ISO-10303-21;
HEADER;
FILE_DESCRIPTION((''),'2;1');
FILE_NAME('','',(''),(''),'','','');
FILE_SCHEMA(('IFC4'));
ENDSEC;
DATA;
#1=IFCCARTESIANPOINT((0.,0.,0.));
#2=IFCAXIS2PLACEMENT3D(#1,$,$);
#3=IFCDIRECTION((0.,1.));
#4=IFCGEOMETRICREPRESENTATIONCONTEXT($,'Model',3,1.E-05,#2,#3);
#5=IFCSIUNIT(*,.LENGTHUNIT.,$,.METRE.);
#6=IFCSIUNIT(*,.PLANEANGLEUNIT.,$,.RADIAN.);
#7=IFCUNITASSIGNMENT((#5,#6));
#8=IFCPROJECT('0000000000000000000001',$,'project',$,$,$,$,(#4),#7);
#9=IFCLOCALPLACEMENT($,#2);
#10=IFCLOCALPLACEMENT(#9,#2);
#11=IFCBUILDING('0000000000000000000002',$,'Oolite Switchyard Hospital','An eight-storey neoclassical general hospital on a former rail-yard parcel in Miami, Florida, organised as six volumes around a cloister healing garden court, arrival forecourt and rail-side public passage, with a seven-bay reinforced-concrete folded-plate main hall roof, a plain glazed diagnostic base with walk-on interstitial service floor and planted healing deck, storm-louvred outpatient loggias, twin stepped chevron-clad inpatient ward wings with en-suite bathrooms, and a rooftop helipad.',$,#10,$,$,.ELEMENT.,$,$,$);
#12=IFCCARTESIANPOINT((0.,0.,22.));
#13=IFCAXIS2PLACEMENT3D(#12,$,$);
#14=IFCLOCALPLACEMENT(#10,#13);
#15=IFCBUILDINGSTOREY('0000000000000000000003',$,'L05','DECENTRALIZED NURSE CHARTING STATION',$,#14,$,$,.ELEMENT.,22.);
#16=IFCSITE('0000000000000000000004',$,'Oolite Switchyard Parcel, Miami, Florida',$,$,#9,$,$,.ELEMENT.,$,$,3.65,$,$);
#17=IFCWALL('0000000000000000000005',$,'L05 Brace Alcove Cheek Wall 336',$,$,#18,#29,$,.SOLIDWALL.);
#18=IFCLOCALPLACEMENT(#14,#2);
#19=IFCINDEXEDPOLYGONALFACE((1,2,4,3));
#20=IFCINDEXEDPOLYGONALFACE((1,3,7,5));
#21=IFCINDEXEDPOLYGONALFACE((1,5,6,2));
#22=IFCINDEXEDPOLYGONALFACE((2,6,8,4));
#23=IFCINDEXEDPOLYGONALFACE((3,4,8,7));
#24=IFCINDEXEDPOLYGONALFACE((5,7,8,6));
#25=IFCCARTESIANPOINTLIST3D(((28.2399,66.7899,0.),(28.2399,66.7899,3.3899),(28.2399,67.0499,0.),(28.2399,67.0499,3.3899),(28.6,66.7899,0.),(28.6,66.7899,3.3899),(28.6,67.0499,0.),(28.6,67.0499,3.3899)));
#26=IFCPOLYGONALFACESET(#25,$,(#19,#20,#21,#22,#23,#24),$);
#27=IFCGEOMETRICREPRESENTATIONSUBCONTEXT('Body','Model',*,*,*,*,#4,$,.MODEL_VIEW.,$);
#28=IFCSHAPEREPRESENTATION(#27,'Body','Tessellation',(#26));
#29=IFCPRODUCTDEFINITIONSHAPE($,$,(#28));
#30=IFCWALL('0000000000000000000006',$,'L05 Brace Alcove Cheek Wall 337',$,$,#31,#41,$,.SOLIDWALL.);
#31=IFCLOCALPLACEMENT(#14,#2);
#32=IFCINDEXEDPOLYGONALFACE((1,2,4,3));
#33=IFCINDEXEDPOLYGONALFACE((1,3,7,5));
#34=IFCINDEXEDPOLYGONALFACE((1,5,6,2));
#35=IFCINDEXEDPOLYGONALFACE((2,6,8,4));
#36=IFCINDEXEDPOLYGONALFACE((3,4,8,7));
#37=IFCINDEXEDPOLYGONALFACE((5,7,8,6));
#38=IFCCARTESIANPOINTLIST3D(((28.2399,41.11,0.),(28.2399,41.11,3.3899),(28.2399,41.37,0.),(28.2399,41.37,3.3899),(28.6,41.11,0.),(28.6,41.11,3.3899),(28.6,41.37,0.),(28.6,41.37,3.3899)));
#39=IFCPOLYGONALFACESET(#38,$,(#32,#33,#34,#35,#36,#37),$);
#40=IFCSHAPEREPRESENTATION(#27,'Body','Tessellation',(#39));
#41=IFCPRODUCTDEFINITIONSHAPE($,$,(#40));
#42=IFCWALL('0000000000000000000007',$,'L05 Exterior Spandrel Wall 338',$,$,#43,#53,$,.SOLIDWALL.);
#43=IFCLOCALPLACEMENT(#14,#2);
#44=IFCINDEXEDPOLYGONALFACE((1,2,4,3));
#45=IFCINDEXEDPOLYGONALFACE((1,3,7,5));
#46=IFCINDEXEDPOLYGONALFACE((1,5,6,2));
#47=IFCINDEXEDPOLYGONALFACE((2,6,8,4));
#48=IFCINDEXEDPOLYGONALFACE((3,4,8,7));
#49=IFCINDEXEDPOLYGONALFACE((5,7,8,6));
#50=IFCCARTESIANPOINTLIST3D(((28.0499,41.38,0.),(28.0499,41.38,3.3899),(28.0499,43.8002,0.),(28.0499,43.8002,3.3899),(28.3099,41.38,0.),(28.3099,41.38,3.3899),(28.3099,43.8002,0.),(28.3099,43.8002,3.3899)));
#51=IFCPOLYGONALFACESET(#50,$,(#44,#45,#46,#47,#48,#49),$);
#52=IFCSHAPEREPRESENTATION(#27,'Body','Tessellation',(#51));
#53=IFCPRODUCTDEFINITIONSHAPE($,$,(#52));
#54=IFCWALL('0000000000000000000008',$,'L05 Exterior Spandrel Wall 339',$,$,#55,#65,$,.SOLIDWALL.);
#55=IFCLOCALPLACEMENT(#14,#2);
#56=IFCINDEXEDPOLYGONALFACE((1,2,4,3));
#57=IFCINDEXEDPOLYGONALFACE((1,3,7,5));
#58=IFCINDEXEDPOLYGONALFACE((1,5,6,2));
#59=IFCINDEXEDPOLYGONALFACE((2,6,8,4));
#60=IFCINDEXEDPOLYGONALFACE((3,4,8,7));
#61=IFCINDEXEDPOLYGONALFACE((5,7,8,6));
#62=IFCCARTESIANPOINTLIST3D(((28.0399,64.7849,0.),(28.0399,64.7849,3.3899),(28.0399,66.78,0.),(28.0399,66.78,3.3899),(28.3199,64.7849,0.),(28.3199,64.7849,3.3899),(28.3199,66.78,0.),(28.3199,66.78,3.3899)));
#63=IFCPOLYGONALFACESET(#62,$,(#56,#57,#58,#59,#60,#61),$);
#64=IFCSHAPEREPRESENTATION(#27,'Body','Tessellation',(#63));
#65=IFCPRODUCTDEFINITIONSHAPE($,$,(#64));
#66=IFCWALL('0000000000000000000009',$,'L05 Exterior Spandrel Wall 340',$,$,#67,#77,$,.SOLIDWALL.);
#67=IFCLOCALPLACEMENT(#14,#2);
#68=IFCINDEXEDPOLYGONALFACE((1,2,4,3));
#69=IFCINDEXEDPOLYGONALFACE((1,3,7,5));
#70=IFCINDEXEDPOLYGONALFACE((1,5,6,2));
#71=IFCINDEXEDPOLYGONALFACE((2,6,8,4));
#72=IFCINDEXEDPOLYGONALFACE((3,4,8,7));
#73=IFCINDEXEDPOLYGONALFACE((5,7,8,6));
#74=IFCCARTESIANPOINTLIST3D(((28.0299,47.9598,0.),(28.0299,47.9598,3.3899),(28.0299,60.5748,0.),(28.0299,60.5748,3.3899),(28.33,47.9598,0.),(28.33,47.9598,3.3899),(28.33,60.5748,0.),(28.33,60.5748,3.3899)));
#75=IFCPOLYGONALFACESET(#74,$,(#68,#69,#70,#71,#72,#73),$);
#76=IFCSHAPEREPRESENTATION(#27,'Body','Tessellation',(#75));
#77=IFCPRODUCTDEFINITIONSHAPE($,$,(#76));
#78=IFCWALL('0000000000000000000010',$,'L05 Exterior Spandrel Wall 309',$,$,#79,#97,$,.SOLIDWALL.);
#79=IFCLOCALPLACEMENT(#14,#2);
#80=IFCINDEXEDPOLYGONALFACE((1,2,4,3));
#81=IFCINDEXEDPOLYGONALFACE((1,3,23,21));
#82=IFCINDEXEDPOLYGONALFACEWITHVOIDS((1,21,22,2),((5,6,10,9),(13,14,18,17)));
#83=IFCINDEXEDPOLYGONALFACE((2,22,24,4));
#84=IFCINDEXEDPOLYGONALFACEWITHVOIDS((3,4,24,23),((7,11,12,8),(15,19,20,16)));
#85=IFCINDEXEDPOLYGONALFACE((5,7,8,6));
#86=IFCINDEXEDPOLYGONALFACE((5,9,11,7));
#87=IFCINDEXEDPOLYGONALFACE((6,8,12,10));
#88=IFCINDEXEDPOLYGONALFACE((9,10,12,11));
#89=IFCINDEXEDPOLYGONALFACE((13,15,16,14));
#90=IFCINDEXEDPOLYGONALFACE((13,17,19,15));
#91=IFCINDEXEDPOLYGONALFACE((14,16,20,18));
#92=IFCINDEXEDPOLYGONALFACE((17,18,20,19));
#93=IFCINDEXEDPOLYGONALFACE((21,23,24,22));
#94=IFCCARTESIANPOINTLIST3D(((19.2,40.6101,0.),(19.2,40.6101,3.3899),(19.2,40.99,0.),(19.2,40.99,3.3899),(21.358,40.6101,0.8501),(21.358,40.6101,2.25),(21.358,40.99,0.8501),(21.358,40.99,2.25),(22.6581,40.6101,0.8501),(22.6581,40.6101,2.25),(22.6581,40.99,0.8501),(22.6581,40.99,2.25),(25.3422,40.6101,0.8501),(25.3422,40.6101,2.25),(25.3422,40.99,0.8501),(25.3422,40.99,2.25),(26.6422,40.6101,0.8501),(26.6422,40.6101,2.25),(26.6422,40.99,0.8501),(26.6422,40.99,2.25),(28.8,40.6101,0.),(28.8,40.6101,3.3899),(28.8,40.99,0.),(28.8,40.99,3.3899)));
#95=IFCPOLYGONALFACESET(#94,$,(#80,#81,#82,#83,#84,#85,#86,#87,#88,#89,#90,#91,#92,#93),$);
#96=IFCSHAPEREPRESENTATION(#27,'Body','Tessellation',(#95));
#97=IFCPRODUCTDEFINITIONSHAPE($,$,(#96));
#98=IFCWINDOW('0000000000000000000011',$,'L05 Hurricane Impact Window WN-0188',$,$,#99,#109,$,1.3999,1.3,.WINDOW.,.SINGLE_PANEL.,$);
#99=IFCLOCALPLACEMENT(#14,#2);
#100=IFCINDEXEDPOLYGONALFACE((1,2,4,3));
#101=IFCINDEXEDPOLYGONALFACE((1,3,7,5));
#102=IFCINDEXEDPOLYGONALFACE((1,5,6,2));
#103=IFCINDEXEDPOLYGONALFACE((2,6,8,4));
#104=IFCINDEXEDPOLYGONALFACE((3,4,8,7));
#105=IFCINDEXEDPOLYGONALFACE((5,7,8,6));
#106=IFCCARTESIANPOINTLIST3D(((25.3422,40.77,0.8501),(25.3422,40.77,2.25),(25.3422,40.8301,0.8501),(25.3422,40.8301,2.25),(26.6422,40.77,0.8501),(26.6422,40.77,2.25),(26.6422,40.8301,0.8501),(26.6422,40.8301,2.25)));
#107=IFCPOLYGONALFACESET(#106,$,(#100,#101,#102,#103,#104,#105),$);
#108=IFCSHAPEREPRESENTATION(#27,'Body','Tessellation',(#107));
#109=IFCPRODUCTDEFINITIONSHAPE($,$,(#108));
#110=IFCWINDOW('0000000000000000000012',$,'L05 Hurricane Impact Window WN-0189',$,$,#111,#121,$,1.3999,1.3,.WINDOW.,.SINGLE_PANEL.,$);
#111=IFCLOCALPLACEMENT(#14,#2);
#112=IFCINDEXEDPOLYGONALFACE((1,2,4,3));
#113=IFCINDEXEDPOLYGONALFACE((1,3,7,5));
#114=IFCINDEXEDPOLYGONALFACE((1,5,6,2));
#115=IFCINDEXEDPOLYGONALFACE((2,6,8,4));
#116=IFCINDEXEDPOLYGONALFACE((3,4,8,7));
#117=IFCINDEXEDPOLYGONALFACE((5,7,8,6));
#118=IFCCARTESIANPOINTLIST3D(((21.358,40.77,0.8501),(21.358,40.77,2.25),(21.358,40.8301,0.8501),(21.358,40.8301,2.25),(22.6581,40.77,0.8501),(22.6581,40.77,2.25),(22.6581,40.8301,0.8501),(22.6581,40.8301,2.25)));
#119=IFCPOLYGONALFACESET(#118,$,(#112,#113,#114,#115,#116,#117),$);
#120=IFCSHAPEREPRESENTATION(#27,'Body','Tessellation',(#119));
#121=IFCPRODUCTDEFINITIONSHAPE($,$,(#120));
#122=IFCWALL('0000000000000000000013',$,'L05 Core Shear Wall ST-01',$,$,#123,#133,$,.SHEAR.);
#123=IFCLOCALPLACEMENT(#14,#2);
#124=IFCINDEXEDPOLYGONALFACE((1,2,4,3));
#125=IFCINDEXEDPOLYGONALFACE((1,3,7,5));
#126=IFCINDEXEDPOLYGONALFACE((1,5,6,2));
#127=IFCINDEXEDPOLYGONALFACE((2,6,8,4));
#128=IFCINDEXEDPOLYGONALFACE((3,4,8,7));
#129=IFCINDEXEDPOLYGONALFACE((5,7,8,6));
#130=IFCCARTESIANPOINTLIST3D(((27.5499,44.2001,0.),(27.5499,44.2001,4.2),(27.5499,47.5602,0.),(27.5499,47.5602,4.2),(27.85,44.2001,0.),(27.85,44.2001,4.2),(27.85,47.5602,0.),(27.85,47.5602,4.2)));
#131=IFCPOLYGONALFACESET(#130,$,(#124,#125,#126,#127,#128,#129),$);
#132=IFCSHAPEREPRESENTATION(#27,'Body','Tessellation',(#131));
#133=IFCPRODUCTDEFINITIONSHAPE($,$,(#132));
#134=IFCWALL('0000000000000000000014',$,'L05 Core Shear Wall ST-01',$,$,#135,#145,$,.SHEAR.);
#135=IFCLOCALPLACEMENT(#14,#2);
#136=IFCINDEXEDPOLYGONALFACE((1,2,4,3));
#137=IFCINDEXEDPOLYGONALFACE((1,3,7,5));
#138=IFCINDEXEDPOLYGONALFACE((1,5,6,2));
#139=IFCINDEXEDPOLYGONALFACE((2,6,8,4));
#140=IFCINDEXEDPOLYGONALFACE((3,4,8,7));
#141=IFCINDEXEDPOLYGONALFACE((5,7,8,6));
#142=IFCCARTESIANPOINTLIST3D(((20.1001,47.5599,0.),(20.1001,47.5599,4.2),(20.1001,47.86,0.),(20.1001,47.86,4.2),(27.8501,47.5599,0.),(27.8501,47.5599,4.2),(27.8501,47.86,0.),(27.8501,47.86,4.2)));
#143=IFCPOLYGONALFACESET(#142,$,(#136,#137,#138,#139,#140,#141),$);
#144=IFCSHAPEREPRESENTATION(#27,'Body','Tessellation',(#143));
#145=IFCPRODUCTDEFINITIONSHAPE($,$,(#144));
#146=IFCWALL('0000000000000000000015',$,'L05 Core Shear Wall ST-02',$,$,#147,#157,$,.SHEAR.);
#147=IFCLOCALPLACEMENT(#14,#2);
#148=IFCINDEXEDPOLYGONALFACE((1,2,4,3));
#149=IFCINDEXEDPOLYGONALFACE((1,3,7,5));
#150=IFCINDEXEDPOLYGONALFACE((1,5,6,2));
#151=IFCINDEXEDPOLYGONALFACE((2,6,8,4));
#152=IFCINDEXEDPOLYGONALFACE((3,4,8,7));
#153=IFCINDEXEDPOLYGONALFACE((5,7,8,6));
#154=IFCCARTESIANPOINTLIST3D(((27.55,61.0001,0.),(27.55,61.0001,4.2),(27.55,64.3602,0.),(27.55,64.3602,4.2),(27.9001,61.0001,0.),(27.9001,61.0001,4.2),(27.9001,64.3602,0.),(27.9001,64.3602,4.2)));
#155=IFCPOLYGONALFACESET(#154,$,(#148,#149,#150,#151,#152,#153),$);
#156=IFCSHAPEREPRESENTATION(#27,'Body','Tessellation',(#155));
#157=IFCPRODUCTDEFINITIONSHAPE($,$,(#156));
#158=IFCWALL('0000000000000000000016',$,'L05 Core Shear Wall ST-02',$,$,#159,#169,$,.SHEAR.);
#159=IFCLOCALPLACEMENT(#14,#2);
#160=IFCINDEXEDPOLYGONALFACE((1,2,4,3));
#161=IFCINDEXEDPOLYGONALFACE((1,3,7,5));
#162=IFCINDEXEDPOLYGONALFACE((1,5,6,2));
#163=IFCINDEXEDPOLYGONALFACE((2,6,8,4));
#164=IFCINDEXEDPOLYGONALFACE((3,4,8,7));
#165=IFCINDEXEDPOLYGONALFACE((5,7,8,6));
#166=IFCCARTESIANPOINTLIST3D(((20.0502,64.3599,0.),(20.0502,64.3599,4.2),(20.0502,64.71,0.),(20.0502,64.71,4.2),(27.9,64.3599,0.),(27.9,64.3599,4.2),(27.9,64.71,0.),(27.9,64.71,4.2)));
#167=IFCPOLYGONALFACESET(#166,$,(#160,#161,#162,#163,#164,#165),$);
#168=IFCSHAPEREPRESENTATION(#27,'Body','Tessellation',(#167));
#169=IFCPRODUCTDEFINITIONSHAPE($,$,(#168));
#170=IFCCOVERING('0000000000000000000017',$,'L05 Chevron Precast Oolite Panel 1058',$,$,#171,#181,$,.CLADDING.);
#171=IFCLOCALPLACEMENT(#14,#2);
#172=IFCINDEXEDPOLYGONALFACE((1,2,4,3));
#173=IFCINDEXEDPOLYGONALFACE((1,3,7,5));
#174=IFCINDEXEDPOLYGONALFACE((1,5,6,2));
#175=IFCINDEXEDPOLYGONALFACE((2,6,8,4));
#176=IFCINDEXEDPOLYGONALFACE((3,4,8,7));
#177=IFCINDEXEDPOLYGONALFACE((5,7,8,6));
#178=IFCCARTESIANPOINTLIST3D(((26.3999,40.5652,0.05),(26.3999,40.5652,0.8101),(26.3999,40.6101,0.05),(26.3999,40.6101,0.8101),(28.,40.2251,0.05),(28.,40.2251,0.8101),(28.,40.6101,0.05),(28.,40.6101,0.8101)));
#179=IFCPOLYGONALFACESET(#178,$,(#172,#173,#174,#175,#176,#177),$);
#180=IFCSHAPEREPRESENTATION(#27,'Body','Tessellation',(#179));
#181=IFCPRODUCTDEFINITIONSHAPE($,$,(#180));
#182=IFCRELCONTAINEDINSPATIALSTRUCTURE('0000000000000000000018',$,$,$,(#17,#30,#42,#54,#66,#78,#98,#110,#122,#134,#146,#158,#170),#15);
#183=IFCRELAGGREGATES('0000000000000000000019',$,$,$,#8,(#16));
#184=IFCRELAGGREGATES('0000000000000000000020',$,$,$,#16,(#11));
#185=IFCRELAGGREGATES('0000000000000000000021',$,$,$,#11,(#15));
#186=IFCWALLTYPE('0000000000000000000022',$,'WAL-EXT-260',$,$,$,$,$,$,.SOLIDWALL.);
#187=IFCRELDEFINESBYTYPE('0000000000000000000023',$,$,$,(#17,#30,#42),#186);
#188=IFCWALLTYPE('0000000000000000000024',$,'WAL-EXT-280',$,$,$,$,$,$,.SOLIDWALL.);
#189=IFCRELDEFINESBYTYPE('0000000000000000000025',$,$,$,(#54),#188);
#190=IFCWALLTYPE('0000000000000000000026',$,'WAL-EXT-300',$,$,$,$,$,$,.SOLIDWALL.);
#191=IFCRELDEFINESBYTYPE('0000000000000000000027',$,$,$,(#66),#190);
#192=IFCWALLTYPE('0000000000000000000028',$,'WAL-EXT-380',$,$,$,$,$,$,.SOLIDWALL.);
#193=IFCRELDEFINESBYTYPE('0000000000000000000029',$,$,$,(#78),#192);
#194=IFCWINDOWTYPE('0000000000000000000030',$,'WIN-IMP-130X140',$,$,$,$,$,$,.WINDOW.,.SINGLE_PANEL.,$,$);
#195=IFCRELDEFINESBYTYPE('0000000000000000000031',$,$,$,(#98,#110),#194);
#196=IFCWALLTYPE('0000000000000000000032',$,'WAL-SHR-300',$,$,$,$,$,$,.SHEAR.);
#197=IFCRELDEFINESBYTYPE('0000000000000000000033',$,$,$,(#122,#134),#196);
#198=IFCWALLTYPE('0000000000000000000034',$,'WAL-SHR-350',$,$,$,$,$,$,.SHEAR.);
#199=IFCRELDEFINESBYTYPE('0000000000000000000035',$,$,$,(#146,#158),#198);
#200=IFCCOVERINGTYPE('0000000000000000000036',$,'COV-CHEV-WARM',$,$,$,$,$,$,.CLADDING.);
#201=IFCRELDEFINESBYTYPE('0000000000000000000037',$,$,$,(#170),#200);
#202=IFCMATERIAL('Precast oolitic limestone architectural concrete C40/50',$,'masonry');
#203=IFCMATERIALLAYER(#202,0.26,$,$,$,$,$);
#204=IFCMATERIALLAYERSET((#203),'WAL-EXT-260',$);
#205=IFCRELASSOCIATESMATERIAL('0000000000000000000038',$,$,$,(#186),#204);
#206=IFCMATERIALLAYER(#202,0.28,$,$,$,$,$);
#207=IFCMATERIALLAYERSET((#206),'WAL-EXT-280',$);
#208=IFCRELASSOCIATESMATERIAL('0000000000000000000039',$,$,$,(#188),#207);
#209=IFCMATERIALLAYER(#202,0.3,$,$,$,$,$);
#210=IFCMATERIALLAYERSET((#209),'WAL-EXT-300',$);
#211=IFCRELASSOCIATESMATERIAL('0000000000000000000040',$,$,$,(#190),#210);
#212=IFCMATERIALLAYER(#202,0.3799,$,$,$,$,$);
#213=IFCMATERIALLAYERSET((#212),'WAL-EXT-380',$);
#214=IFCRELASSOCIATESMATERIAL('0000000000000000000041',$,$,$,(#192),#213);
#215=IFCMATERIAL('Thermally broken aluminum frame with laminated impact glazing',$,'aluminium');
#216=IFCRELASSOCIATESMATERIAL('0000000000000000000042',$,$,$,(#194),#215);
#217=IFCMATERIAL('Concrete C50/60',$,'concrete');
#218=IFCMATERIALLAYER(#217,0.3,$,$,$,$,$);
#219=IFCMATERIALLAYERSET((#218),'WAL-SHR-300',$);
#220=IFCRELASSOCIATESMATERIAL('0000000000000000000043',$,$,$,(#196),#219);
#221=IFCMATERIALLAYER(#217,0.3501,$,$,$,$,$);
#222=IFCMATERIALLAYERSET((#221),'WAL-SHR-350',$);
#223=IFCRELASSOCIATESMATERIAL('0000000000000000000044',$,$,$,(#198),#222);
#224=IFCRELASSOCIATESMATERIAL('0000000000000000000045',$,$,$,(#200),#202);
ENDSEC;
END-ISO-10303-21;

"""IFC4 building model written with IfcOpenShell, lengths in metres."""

from ifc_helpers import new_model, si_unit, direction, frame, frame_2d, origin, place, context, subcontext, project, spatial, polyline, rectangle, outline, extrude, material, layer, layer_set, type_object, element, fill, save


model = new_model("IFC4")

# Units and contexts
model_context = context("Model", 3, precision=1e-05, world=origin(), true_north=direction((0.0, 1.0)))
body_context = subcontext(model_context, "Body", "Model", "MODEL_VIEW")
ifc_project = project(units=[si_unit("LENGTHUNIT", "METRE"), si_unit("PLANEANGLEUNIT", "RADIAN")], contexts=[model_context])

# Site, building, storey
site_placement = place(None, origin())
site = spatial("IfcSite", under=ifc_project, at=site_placement, Name="Oolite Switchyard Parcel, Miami, Florida", CompositionType="ELEMENT", RefElevation=3.65)
building_placement = place(site_placement, origin())
building = spatial("IfcBuilding", under=site, at=building_placement, Name="Oolite Switchyard Hospital", Description="An eight-storey neoclassical general hospital on a former rail-yard parcel in Miami, Florida, organised as six volumes around a cloister healing garden court, arrival forecourt and rail-side public passage, with a seven-bay reinforced-concrete folded-plate main hall roof, a plain glazed diagnostic base with walk-on interstitial service floor and planted healing deck, storm-louvred outpatient loggias, twin stepped chevron-clad inpatient ward wings with en-suite bathrooms, and a rooftop helipad.", CompositionType="ELEMENT")
storey_placement = place(building_placement, frame((0.0, 0.0, 22.0)))
storey = spatial("IfcBuildingStorey", under=building, at=storey_placement, Name="L05", Description="DECENTRALIZED NURSE CHARTING STATION", CompositionType="ELEMENT", Elevation=22.0)

# Shared definitions
ifc_material_1 = material(Name="Concrete C50/60", Category="concrete")

# Walls
ifc_material_2 = material(Name="Precast oolitic limestone architectural concrete C40/50", Category="masonry")
ifc_layer_1 = layer(ifc_material_2, 0.26)
ifc_layer_set_1 = layer_set([ifc_layer_1], Name="WAL-EXT-260")
wall_type_1 = type_object("IfcWallType", Name="WAL-EXT-260", PredefinedType="SOLIDWALL", material=ifc_layer_set_1)
for number, where, z_axis, x_axis, name in (
    (1, (28.6001, 66.9199, 0.0), (0.0, 0.0, 1.0), (-1.0, 0.0, 0.0), "L05 Brace Alcove Cheek Wall 336"),
    (2, (28.6001, 41.24, 0.0), (0.0, 0.0, 1.0), (-1.0, 0.0, 0.0), "L05 Brace Alcove Cheek Wall 337"),
):
    element("IfcWall", number, at=place(storey_placement, frame(where, z_axis=z_axis, x_axis=x_axis)), inside=storey, type_object=wall_type_1, Name=name, PredefinedType="SOLIDWALL", context=body_context, shape_type="SweptSolid", body=[
        extrude(rectangle(XDim=0.3601, YDim=0.26, at=frame_2d((0.1802, 0.0))), origin(), (0.0, 0.0, 1.0), 3.3899),
    ])
wall_1_placement = place(storey_placement, frame((28.1799, 43.8, 0.0), z_axis=(0.0, 0.0, 1.0), x_axis=(0.0, -1.0, 0.0)))
element("IfcWall", 3, at=wall_1_placement, inside=storey, type_object=wall_type_1, Name="L05 Exterior Spandrel Wall 338", PredefinedType="SOLIDWALL", context=body_context, shape_type="SweptSolid", body=[
    extrude(rectangle(XDim=2.4202, YDim=0.26, at=frame_2d((1.21, 0.0))), origin(), (0.0, 0.0, 1.0), 3.3899),
])
ifc_layer_2 = layer(ifc_material_2, 0.28)
ifc_layer_set_2 = layer_set([ifc_layer_2], Name="WAL-EXT-280")
wall_type_2 = type_object("IfcWallType", Name="WAL-EXT-280", PredefinedType="SOLIDWALL", material=ifc_layer_set_2)
wall_2_placement = place(storey_placement, frame((28.1799, 66.78, 0.0), z_axis=(0.0, 0.0, 1.0), x_axis=(0.0, -1.0, 0.0)))
element("IfcWall", 4, at=wall_2_placement, inside=storey, type_object=wall_type_2, Name="L05 Exterior Spandrel Wall 339", PredefinedType="SOLIDWALL", context=body_context, shape_type="SweptSolid", body=[
    extrude(rectangle(XDim=1.9951, YDim=0.28, at=frame_2d((0.9976, 0.0))), origin(), (0.0, 0.0, 1.0), 3.3899),
])
ifc_layer_3 = layer(ifc_material_2, 0.3)
ifc_layer_set_3 = layer_set([ifc_layer_3], Name="WAL-EXT-300")
wall_type_3 = type_object("IfcWallType", Name="WAL-EXT-300", PredefinedType="SOLIDWALL", material=ifc_layer_set_3)
wall_3_placement = place(storey_placement, frame((28.1799, 60.575, 0.0), z_axis=(0.0, 0.0, 1.0), x_axis=(0.0, -1.0, 0.0)))
element("IfcWall", 5, at=wall_3_placement, inside=storey, type_object=wall_type_3, Name="L05 Exterior Spandrel Wall 340", PredefinedType="SOLIDWALL", context=body_context, shape_type="SweptSolid", body=[
    extrude(rectangle(XDim=12.615, YDim=0.3, at=frame_2d((6.3076, 0.0))), origin(), (0.0, 0.0, 1.0), 3.3899),
])

# Wall, openings, windows
ifc_layer_4 = layer(ifc_material_2, 0.3799)
ifc_layer_set_4 = layer_set([ifc_layer_4], Name="WAL-EXT-380")
wall_type_4 = type_object("IfcWallType", Name="WAL-EXT-380", PredefinedType="SOLIDWALL", material=ifc_layer_set_4)
wall_4_placement = place(storey_placement, frame((28.8, 40.8, 0.0), z_axis=(0.0, 0.0, 1.0), x_axis=(-1.0, 0.0, 0.0)))
wall_4 = element("IfcWall", 6, at=wall_4_placement, inside=storey, type_object=wall_type_4, Name="L05 Exterior Spandrel Wall 309", PredefinedType="SOLIDWALL", context=body_context, shape_type="SweptSolid", body=[
    extrude(rectangle(XDim=9.6001, YDim=0.3799, at=frame_2d((4.8, 0.0))), origin(), (0.0, 0.0, 1.0), 3.3899),
])
opening_1_placement = place(wall_4_placement, frame((2.158, 0.0, 0.8501)))
opening_1 = element("IfcOpeningElement", 7, at=opening_1_placement, cuts=wall_4, PredefinedType="OPENING", context=body_context, shape_type="SweptSolid", body=[
    extrude(rectangle(XDim=1.3, YDim=1.3999, at=frame_2d((0.6499, 0.7))), frame((0.0, 0.2, 0.0), z_axis=(0.0, -1.0, 0.0), x_axis=(1.0, 0.0, 0.0)), (0.0, 0.0, 1.0), 0.3999),
])
opening_2_placement = place(wall_4_placement, frame((6.1421, 0.0, 0.8501)))
opening_2 = element("IfcOpeningElement", 8, at=opening_2_placement, cuts=wall_4, PredefinedType="OPENING", context=body_context, shape_type="SweptSolid", body=[
    extrude(rectangle(XDim=1.3, YDim=1.3999, at=frame_2d((0.6499, 0.7))), frame((0.0, 0.2, 0.0), z_axis=(0.0, -1.0, 0.0), x_axis=(1.0, 0.0, 0.0)), (0.0, 0.0, 1.0), 0.3999),
])
ifc_material_3 = material(Name="Thermally broken aluminum frame with laminated impact glazing", Category="aluminium")
window_type = type_object("IfcWindowType", Name="WIN-IMP-130X140", PartitioningType="SINGLE_PANEL", PredefinedType="WINDOW", material=ifc_material_3)
window_1_placement = place(opening_1_placement, origin())
window_1 = element("IfcWindow", 9, at=window_1_placement, inside=storey, type_object=window_type, Name="L05 Hurricane Impact Window WN-0188", OverallHeight=1.3999, OverallWidth=1.3, PartitioningType="SINGLE_PANEL", PredefinedType="WINDOW", context=body_context, shape_type="SweptSolid", body=[
    extrude(rectangle(XDim=1.3, YDim=1.3999, at=frame_2d((0.6499, 0.7))), frame((0.0, 0.03, 0.0), z_axis=(0.0, -1.0, 0.0), x_axis=(1.0, 0.0, 0.0)), (0.0, 0.0, 1.0), 0.0601),
])
fill(opening_1, window_1)
window_2_placement = place(opening_2_placement, origin())
window_2 = element("IfcWindow", 10, at=window_2_placement, inside=storey, type_object=window_type, Name="L05 Hurricane Impact Window WN-0189", OverallHeight=1.3999, OverallWidth=1.3, PartitioningType="SINGLE_PANEL", PredefinedType="WINDOW", context=body_context, shape_type="SweptSolid", body=[
    extrude(rectangle(XDim=1.3, YDim=1.3999, at=frame_2d((0.6499, 0.7))), frame((0.0, 0.03, 0.0), z_axis=(0.0, -1.0, 0.0), x_axis=(1.0, 0.0, 0.0)), (0.0, 0.0, 1.0), 0.0601),
])
fill(opening_2, window_2)

# Walls
ifc_layer_5 = layer(ifc_material_1, 0.3)
ifc_layer_set_5 = layer_set([ifc_layer_5], Name="WAL-SHR-300")
wall_type_5 = type_object("IfcWallType", Name="WAL-SHR-300", PredefinedType="SHEAR", material=ifc_layer_set_5)
wall_5_placement = place(storey_placement, frame((27.7, 44.2, 0.0), z_axis=(0.0, 0.0, 1.0), x_axis=(0.0, 1.0, 0.0)))
element("IfcWall", 11, at=wall_5_placement, inside=storey, type_object=wall_type_5, Name="L05 Core Shear Wall ST-01", PredefinedType="SHEAR", context=body_context, shape_type="SweptSolid", body=[
    extrude(rectangle(XDim=3.3601, YDim=0.3, at=frame_2d((1.6802, 0.0))), origin(), (0.0, 0.0, 1.0), 4.2),
])
wall_6_placement = place(storey_placement, frame((27.8501, 47.71, 0.0), z_axis=(0.0, 0.0, 1.0), x_axis=(-1.0, 0.0, 0.0)))
element("IfcWall", 12, at=wall_6_placement, inside=storey, type_object=wall_type_5, Name="L05 Core Shear Wall ST-01", PredefinedType="SHEAR", context=body_context, shape_type="SweptSolid", body=[
    extrude(rectangle(XDim=7.75, YDim=0.3, at=frame_2d((3.875, 0.0))), origin(), (0.0, 0.0, 1.0), 4.2),
])
ifc_layer_6 = layer(ifc_material_1, 0.3501)
ifc_layer_set_6 = layer_set([ifc_layer_6], Name="WAL-SHR-350")
wall_type_6 = type_object("IfcWallType", Name="WAL-SHR-350", PredefinedType="SHEAR", material=ifc_layer_set_6)
wall_7_placement = place(storey_placement, frame((27.7251, 61.0, 0.0), z_axis=(0.0, 0.0, 1.0), x_axis=(0.0, 1.0, 0.0)))
element("IfcWall", 13, at=wall_7_placement, inside=storey, type_object=wall_type_6, Name="L05 Core Shear Wall ST-02", PredefinedType="SHEAR", context=body_context, shape_type="SweptSolid", body=[
    extrude(rectangle(XDim=3.3601, YDim=0.3501, at=frame_2d((1.6802, 0.0))), origin(), (0.0, 0.0, 1.0), 4.2),
])
wall_8_placement = place(storey_placement, frame((27.8999, 64.5349, 0.0), z_axis=(0.0, 0.0, 1.0), x_axis=(-1.0, 0.0, 0.0)))
element("IfcWall", 14, at=wall_8_placement, inside=storey, type_object=wall_type_6, Name="L05 Core Shear Wall ST-02", PredefinedType="SHEAR", context=body_context, shape_type="SweptSolid", body=[
    extrude(rectangle(XDim=7.8499, YDim=0.3501, at=frame_2d((3.9248, 0.0))), origin(), (0.0, 0.0, 1.0), 4.2),
])

# Covering
covering_type = type_object("IfcCoveringType", Name="COV-CHEV-WARM", PredefinedType="CLADDING", material=ifc_material_2)
covering_1_placement = place(storey_placement, frame((28.0, 40.6101, 0.05), z_axis=(0.0, 0.0, 1.0), x_axis=(-1.0, 0.0, 0.0)))
element("IfcCovering", 15, at=covering_1_placement, inside=storey, type_object=covering_type, Name="L05 Chevron Precast Oolite Panel 1058", PredefinedType="CLADDING", context=body_context, shape_type="SweptSolid", body=[
    extrude(outline(polyline([(0.0, 0.0), (1.6001, 0.0), (1.6001, 0.0449), (0.0, 0.385), (0.0, 0.0)])), origin(), (0.0, 0.0, 1.0), 0.76),
])

save(model, "model.ifc")
